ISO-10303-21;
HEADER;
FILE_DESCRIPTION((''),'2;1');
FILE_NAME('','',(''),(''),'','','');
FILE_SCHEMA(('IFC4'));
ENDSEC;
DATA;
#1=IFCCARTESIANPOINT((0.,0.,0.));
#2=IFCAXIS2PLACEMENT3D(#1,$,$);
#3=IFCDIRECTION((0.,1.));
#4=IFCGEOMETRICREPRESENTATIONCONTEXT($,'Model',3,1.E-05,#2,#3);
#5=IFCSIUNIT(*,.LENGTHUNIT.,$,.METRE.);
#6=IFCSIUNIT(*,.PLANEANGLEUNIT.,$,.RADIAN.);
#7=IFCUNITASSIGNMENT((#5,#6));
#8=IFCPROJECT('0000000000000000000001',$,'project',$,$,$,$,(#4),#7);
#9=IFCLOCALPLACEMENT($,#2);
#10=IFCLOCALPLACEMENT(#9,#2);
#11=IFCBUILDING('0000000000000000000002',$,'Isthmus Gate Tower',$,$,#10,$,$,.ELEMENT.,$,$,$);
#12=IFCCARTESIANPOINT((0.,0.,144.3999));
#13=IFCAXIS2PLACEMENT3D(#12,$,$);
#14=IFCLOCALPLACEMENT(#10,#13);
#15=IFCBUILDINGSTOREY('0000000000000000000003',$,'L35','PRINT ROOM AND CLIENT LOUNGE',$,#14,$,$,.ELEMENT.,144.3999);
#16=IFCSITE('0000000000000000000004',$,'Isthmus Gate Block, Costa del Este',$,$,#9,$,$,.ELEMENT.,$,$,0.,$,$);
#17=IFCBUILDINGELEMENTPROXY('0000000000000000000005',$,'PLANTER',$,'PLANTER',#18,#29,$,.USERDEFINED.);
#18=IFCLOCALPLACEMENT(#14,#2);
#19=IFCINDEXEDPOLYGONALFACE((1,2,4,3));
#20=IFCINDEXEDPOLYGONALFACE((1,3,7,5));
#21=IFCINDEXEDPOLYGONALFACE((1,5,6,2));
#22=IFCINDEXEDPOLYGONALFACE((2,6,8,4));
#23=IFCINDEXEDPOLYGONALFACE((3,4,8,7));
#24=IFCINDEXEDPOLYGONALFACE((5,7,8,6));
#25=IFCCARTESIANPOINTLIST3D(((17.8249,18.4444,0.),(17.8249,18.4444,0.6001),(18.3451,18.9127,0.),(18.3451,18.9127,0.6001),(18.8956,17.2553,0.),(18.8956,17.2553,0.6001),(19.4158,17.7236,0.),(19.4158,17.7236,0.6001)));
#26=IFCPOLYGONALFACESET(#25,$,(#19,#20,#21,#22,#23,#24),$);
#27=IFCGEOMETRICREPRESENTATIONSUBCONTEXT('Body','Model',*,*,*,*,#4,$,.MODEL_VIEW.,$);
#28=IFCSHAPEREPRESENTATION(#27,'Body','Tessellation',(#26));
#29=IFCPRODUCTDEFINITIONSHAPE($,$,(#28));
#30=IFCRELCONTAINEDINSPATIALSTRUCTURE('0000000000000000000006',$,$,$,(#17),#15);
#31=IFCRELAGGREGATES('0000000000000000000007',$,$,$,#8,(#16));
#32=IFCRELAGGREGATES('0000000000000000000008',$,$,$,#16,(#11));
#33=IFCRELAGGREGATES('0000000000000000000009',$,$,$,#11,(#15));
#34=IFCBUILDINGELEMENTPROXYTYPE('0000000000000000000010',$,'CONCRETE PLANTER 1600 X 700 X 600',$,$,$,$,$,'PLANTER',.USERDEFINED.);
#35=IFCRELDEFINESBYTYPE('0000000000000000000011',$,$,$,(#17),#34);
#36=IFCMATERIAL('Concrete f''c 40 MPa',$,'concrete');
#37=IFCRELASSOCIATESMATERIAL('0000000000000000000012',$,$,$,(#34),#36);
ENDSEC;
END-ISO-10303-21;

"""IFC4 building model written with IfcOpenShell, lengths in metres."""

from ifc_helpers import new_model, si_unit, direction, frame, origin, origin_2d, place, context, subcontext, project, spatial, rectangle, extrude, material, type_object, element, save


model = new_model("IFC4")

# Units and contexts
model_context = context("Model", 3, precision=1e-05, world=origin(), true_north=direction((0.0, 1.0)))
body_context = subcontext(model_context, "Body", "Model", "MODEL_VIEW")
ifc_project = project(units=[si_unit("LENGTHUNIT", "METRE"), si_unit("PLANEANGLEUNIT", "RADIAN")], contexts=[model_context])

# Site, building, storey
site_placement = place(None, origin())
site = spatial("IfcSite", under=ifc_project, at=site_placement, Name="Isthmus Gate Block, Costa del Este", CompositionType="ELEMENT", RefElevation=0.0)
building_placement = place(site_placement, origin())
building = spatial("IfcBuilding", under=site, at=building_placement, Name="Isthmus Gate Tower", CompositionType="ELEMENT")
storey_placement = place(building_placement, frame((0.0, 0.0, 144.3999)))
storey = spatial("IfcBuildingStorey", under=building, at=storey_placement, Name="L35", Description="PRINT ROOM AND CLIENT LOUNGE", CompositionType="ELEMENT", Elevation=144.3999)

# Building element proxy
ifc_material_1 = material(Name="Concrete f'c 40 MPa", Category="concrete")
building_element_proxy_type = type_object("IfcBuildingElementProxyType", Name="CONCRETE PLANTER 1600 X 700 X 600", ElementType="PLANTER", PredefinedType="USERDEFINED", material=ifc_material_1)
for number, where, z_axis, x_axis, name in (
    (1, (18.6204, 18.084, 0.0), (0.0, 0.0, 1.0), (-0.669131, 0.743145, 0.0), "PLANTER"),
):
    element("IfcBuildingElementProxy", number, at=place(storey_placement, frame(where, z_axis=z_axis, x_axis=x_axis)), inside=storey, type_object=building_element_proxy_type, Name=name, ObjectType="PLANTER", PredefinedType="USERDEFINED", context=body_context, shape_type="SweptSolid", body=[
        extrude(rectangle(XDim=1.6001, YDim=0.7, at=origin_2d()), origin(), (0.0, 0.0, 1.0), 0.6001),
    ])

save(model, "model.ifc")
